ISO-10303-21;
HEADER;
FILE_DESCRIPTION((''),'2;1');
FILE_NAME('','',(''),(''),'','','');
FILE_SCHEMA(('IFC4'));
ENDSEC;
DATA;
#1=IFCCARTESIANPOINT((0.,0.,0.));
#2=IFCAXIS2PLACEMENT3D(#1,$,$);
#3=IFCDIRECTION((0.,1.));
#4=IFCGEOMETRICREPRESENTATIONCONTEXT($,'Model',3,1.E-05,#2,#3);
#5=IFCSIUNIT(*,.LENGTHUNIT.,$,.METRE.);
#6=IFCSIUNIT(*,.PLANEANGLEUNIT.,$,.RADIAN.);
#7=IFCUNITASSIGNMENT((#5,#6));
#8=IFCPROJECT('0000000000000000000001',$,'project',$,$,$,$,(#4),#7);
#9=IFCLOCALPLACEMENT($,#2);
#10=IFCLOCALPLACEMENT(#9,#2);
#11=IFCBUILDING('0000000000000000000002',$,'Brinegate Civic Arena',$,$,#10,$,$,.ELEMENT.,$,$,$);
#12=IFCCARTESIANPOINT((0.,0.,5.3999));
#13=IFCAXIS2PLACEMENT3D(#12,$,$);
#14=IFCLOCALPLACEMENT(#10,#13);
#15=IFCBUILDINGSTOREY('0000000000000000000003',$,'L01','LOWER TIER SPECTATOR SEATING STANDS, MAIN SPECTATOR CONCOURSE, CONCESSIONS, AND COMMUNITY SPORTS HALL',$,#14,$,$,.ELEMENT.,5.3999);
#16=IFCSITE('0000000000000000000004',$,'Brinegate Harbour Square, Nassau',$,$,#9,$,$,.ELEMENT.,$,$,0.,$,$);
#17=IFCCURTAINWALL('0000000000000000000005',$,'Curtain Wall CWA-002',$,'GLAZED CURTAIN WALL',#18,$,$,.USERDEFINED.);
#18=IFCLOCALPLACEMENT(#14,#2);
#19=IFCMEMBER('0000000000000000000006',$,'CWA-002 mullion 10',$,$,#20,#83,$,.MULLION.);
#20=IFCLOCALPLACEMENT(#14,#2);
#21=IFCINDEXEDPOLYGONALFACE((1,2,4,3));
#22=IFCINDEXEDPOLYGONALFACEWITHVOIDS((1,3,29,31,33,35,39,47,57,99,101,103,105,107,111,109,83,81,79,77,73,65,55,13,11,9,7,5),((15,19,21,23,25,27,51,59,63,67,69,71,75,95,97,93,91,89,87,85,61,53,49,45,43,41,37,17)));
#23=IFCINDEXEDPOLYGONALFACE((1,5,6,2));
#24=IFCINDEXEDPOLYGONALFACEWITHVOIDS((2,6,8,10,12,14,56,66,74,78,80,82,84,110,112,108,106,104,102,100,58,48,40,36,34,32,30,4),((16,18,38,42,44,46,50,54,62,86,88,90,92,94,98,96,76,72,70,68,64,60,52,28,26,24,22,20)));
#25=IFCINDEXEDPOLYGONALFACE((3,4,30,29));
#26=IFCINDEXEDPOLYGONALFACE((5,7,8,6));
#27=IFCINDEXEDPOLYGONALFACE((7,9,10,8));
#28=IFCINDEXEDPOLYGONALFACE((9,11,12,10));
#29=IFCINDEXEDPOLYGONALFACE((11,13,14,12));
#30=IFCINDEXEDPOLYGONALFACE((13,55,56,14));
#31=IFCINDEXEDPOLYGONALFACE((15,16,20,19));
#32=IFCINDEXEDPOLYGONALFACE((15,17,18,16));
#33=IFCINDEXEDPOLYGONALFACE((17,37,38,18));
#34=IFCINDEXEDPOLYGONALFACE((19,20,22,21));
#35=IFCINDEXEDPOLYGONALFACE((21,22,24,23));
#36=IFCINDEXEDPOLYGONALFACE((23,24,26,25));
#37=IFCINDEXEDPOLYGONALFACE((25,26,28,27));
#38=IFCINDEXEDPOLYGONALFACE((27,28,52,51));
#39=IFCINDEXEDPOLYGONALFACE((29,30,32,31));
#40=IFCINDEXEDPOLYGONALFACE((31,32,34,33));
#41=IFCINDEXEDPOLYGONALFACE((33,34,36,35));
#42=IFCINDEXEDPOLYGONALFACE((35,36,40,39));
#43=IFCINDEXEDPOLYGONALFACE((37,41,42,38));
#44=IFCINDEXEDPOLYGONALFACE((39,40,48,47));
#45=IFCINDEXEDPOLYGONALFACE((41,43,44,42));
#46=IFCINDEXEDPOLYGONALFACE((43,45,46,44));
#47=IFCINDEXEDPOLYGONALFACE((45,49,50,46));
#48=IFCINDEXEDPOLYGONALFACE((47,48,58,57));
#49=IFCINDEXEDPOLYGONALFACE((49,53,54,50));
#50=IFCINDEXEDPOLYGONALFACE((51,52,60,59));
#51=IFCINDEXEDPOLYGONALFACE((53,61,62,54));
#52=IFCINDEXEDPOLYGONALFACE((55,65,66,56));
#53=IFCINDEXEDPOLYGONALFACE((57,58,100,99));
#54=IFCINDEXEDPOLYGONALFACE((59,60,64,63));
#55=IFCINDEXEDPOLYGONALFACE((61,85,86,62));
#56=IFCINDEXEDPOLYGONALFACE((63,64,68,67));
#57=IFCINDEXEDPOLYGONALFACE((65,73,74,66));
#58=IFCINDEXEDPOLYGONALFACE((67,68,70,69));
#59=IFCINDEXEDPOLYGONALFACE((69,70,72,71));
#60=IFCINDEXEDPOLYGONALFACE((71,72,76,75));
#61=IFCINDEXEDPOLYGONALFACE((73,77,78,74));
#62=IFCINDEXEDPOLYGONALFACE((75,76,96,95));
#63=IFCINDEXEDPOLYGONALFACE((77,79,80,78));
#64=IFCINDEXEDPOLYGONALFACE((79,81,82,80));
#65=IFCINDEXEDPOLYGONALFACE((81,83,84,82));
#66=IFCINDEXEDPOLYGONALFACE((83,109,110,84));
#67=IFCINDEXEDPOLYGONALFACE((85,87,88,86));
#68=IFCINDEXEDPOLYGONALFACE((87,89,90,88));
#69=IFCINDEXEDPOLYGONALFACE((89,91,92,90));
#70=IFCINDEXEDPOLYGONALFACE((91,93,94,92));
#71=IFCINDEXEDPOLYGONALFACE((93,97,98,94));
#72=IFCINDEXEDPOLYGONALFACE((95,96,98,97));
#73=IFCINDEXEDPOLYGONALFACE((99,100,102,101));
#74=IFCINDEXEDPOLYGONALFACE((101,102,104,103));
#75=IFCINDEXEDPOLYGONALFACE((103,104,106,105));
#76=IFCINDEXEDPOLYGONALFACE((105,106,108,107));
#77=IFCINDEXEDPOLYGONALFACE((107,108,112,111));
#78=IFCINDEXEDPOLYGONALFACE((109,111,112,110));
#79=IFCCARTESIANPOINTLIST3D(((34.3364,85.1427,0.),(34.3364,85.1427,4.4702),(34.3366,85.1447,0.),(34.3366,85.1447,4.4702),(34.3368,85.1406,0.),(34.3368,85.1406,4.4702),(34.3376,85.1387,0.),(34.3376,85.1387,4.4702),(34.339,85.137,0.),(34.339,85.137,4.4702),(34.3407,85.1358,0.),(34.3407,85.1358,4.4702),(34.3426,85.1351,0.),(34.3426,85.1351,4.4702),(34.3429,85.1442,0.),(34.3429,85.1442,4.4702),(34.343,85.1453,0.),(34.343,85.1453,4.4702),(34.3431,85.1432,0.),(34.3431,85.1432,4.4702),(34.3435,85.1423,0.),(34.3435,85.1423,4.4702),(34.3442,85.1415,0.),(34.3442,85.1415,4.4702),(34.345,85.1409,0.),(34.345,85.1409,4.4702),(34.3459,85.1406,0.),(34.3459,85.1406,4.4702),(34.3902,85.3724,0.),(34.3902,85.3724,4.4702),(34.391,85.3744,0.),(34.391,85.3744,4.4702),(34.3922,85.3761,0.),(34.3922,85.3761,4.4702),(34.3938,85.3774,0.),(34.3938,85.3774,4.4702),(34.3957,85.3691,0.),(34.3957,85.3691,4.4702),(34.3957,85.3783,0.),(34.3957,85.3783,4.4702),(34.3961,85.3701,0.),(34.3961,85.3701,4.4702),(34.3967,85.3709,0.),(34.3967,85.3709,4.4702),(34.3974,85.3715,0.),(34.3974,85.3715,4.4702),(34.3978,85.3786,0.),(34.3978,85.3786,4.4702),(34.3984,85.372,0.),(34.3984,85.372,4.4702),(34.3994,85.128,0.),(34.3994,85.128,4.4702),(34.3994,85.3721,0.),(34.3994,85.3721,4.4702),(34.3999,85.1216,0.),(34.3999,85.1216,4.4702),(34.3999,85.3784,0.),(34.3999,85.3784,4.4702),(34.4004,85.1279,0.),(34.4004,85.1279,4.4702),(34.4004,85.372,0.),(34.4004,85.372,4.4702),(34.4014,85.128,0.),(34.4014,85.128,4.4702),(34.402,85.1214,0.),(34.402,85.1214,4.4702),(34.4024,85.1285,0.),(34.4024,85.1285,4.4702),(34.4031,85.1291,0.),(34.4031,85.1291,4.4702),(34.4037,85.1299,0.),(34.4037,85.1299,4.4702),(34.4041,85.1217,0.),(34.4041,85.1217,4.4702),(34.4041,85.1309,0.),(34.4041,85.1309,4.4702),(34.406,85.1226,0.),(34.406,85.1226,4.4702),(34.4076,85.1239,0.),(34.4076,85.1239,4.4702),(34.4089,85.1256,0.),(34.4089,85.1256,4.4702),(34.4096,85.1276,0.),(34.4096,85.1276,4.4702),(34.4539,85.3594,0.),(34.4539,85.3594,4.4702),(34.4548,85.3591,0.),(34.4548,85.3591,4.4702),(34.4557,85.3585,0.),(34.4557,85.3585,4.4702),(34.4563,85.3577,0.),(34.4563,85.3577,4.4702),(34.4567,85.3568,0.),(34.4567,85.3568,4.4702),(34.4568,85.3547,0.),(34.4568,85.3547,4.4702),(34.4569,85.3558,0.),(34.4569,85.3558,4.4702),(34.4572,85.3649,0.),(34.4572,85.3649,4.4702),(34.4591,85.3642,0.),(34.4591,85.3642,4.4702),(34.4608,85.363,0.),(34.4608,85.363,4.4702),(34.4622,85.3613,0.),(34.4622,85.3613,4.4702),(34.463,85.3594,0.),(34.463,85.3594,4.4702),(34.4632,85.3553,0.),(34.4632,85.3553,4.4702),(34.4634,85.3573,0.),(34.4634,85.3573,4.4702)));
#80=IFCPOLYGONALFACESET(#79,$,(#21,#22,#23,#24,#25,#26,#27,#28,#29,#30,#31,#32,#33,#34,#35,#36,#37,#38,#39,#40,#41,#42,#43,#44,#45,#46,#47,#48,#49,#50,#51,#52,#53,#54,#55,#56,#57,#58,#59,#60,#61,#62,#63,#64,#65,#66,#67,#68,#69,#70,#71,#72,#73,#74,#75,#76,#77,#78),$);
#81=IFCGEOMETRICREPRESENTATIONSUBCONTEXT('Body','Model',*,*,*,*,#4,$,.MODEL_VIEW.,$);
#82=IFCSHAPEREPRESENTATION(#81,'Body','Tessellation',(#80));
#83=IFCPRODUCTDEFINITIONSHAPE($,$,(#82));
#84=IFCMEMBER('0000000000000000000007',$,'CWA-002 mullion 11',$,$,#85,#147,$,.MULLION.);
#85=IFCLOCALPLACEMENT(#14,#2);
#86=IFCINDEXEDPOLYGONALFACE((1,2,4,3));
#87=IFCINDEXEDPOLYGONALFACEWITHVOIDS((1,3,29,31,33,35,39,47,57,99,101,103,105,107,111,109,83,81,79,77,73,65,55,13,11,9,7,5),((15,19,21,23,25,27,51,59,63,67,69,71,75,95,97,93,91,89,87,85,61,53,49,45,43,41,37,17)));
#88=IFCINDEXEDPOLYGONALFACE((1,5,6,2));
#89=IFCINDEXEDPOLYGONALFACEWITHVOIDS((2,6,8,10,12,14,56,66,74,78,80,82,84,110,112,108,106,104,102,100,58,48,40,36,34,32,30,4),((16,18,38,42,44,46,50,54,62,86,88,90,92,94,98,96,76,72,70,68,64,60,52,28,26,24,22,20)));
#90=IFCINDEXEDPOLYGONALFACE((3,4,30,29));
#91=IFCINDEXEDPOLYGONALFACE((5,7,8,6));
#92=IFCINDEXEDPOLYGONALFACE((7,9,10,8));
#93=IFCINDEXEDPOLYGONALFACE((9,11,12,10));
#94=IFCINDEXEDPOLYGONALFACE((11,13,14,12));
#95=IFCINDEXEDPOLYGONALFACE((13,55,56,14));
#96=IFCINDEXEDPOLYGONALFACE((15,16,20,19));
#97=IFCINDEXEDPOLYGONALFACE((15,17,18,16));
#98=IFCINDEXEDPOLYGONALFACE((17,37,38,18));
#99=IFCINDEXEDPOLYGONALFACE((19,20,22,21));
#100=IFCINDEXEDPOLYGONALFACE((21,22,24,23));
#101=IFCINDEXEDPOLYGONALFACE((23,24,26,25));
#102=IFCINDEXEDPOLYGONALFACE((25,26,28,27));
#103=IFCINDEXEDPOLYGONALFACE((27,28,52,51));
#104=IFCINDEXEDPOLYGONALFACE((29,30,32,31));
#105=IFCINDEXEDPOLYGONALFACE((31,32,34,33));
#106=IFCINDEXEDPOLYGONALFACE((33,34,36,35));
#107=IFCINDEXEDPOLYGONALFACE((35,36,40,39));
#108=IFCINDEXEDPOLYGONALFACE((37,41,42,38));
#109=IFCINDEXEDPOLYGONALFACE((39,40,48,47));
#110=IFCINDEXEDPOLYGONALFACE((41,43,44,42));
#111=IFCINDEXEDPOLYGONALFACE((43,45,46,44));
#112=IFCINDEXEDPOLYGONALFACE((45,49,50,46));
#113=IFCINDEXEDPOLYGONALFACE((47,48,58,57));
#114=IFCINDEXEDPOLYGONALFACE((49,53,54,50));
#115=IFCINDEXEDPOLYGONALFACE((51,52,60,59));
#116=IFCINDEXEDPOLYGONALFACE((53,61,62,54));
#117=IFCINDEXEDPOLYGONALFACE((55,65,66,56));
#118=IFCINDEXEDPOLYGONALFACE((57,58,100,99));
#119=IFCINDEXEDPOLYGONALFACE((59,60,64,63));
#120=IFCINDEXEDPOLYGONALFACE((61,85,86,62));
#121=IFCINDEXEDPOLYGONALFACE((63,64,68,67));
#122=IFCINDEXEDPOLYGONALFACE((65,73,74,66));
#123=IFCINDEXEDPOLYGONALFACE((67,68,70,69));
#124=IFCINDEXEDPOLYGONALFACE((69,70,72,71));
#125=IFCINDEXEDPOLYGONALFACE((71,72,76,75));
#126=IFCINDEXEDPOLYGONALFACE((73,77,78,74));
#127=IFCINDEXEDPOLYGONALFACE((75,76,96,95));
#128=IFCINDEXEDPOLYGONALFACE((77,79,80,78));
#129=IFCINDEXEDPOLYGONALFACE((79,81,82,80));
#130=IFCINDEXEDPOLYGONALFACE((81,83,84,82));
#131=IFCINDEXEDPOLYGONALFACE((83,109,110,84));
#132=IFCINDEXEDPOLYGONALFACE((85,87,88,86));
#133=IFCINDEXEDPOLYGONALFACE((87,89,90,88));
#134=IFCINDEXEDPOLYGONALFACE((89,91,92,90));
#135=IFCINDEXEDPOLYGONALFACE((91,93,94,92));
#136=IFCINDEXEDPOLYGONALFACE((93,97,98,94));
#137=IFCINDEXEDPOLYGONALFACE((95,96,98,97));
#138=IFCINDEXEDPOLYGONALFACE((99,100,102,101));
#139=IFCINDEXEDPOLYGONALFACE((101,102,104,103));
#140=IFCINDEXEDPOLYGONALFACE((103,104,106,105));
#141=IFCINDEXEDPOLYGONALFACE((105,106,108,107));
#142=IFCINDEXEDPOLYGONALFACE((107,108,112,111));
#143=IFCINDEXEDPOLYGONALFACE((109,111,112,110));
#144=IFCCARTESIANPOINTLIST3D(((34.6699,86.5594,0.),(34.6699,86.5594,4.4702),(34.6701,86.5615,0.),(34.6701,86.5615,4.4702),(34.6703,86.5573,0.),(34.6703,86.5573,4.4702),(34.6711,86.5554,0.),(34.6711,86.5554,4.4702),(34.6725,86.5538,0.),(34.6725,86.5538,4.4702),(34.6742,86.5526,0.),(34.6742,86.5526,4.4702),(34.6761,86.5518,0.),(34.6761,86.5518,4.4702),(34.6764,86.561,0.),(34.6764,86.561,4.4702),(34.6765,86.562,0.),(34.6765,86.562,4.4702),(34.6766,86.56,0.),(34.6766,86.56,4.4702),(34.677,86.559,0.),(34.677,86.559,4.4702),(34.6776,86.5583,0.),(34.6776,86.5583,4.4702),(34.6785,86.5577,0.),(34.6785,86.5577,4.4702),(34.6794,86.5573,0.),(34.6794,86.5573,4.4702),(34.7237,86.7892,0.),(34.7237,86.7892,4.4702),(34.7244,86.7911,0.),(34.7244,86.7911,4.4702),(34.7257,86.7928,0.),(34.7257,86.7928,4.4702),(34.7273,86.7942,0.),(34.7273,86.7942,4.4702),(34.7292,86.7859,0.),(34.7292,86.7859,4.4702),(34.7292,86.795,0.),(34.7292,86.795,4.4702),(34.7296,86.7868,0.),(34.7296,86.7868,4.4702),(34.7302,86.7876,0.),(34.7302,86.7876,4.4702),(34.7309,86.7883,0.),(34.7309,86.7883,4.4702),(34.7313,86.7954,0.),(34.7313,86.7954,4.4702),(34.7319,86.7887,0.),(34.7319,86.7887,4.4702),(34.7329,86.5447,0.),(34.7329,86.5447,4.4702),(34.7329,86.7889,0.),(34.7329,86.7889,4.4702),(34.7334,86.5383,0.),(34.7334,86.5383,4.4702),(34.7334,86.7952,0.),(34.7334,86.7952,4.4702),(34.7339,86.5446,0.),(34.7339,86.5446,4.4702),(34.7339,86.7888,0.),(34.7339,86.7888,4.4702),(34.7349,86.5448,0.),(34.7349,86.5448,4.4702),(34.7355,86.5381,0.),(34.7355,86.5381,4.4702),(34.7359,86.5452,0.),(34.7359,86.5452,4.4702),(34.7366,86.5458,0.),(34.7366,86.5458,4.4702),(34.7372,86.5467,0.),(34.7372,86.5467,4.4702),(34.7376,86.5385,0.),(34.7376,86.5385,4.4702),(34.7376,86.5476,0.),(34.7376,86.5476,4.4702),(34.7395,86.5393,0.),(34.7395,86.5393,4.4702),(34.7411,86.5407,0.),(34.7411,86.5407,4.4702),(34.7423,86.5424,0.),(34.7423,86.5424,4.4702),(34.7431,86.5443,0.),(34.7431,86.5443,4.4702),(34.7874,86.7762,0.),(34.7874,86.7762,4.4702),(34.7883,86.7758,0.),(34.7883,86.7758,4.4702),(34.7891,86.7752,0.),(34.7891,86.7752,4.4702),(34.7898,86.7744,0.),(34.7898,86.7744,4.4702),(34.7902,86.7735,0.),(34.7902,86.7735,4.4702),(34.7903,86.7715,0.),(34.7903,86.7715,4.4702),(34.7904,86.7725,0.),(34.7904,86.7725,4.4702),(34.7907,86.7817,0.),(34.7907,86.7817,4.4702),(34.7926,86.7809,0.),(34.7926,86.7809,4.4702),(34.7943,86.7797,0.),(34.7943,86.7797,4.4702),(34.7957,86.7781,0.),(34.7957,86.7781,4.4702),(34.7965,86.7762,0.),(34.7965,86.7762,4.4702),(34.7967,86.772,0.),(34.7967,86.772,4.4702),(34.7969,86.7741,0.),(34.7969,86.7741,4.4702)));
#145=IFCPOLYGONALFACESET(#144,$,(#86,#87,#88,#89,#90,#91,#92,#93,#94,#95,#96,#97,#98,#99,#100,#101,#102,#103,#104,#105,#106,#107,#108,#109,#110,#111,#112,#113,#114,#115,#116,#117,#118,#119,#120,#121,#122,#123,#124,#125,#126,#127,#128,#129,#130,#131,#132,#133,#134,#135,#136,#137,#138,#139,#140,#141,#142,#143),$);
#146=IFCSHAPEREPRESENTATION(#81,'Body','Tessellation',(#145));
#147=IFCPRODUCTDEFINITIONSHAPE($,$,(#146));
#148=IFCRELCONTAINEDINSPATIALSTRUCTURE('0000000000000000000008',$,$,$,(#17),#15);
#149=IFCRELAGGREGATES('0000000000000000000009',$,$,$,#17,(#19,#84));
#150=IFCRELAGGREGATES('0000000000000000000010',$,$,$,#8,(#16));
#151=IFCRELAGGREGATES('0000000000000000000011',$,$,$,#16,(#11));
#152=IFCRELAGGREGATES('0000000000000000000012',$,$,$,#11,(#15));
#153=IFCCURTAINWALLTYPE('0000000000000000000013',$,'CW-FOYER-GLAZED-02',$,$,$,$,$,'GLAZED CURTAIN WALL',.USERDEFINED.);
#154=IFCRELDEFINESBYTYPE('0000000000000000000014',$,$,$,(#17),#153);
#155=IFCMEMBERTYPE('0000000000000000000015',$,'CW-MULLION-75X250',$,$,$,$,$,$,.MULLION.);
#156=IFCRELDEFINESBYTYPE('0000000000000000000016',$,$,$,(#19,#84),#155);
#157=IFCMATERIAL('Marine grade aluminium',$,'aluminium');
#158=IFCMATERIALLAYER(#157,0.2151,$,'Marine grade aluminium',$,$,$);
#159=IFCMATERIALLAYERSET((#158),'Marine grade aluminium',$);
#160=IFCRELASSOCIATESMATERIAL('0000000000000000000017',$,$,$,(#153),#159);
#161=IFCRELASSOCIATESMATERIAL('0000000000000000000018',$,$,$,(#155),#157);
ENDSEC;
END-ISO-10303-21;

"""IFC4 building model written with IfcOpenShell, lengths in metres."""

from ifc_helpers import new_model, si_unit, direction, frame, origin, origin_2d, place, context, subcontext, project, spatial, hollow_rectangle, extrude, material, layer, layer_set, material_profile, profile_set, type_object, element, aggregate, save


model = new_model("IFC4")

# Units and contexts
model_context = context("Model", 3, precision=1e-05, world=origin(), true_north=direction((0.0, 1.0)))
body_context = subcontext(model_context, "Body", "Model", "MODEL_VIEW")
ifc_project = project(units=[si_unit("LENGTHUNIT", "METRE"), si_unit("PLANEANGLEUNIT", "RADIAN")], contexts=[model_context])

# Site, building, storey
site_placement = place(None, origin())
site = spatial("IfcSite", under=ifc_project, at=site_placement, Name="Brinegate Harbour Square, Nassau", CompositionType="ELEMENT", RefElevation=0.0)
building_placement = place(site_placement, origin())
building = spatial("IfcBuilding", under=site, at=building_placement, Name="Brinegate Civic Arena", CompositionType="ELEMENT")
storey_placement = place(building_placement, frame((0.0, 0.0, 5.3999)))
storey = spatial("IfcBuildingStorey", under=building, at=storey_placement, Name="L01", Description="LOWER TIER SPECTATOR SEATING STANDS, MAIN SPECTATOR CONCOURSE, CONCESSIONS, AND COMMUNITY SPORTS HALL", CompositionType="ELEMENT", Elevation=5.3999)

# Curtain wall, members
ifc_material_1 = material(Name="Marine grade aluminium", Category="aluminium")
ifc_layer_1 = layer(ifc_material_1, 0.2151, Name="Marine grade aluminium")
ifc_layer_set_1 = layer_set([ifc_layer_1], Name="Marine grade aluminium")
curtain_wall_type = type_object("IfcCurtainWallType", Name="CW-FOYER-GLAZED-02", ElementType="GLAZED CURTAIN WALL", PredefinedType="USERDEFINED", material=ifc_layer_set_1)
curtain_wall_placement = place(storey_placement, origin())
curtain_wall = element("IfcCurtainWall", 1, at=curtain_wall_placement, inside=storey, type_object=curtain_wall_type, Name="Curtain Wall CWA-002", ObjectType="GLAZED CURTAIN WALL", PredefinedType="USERDEFINED")
ifc_material_profile_1 = material_profile(ifc_material_1, hollow_rectangle(XDim=0.075, YDim=0.25, WallThickness=0.0061, InnerFilletRadius=0.0039, OuterFilletRadius=0.0081, at=origin_2d()), Name="MUL75X250")
ifc_profile_set_1 = profile_set([ifc_material_profile_1], Name="Marine grade aluminium")
member_type_1 = type_object("IfcMemberType", Name="CW-MULLION-75X250", PredefinedType="MULLION", material=ifc_profile_set_1)
member_1_placement = place(storey_placement, frame((34.3999, 85.25, 0.0), z_axis=(0.0, 0.0, 1.0), x_axis=(-0.973417, 0.229039, 0.0)))
member_1 = element("IfcMember", 2, at=member_1_placement, type_object=member_type_1, Name="CWA-002 mullion 10", PredefinedType="MULLION", context=body_context, shape_type="SweptSolid", body=[
    extrude(hollow_rectangle(XDim=0.075, YDim=0.25, WallThickness=0.0061, InnerFilletRadius=0.0039, OuterFilletRadius=0.0081, at=origin_2d()), origin(), (0.0, 0.0, 1.0), 4.4702),
])
member_2_placement = place(storey_placement, frame((34.7334, 86.6667, 0.0), z_axis=(0.0, 0.0, 1.0), x_axis=(-0.973417, 0.229039, 0.0)))
member_2 = element("IfcMember", 3, at=member_2_placement, type_object=member_type_1, Name="CWA-002 mullion 11", PredefinedType="MULLION", context=body_context, shape_type="SweptSolid", body=[
    extrude(hollow_rectangle(XDim=0.075, YDim=0.25, WallThickness=0.0061, InnerFilletRadius=0.0039, OuterFilletRadius=0.0081, at=origin_2d()), origin(), (0.0, 0.0, 1.0), 4.4702),
])
aggregate(curtain_wall, [member_1, member_2])

save(model, "model.ifc")
